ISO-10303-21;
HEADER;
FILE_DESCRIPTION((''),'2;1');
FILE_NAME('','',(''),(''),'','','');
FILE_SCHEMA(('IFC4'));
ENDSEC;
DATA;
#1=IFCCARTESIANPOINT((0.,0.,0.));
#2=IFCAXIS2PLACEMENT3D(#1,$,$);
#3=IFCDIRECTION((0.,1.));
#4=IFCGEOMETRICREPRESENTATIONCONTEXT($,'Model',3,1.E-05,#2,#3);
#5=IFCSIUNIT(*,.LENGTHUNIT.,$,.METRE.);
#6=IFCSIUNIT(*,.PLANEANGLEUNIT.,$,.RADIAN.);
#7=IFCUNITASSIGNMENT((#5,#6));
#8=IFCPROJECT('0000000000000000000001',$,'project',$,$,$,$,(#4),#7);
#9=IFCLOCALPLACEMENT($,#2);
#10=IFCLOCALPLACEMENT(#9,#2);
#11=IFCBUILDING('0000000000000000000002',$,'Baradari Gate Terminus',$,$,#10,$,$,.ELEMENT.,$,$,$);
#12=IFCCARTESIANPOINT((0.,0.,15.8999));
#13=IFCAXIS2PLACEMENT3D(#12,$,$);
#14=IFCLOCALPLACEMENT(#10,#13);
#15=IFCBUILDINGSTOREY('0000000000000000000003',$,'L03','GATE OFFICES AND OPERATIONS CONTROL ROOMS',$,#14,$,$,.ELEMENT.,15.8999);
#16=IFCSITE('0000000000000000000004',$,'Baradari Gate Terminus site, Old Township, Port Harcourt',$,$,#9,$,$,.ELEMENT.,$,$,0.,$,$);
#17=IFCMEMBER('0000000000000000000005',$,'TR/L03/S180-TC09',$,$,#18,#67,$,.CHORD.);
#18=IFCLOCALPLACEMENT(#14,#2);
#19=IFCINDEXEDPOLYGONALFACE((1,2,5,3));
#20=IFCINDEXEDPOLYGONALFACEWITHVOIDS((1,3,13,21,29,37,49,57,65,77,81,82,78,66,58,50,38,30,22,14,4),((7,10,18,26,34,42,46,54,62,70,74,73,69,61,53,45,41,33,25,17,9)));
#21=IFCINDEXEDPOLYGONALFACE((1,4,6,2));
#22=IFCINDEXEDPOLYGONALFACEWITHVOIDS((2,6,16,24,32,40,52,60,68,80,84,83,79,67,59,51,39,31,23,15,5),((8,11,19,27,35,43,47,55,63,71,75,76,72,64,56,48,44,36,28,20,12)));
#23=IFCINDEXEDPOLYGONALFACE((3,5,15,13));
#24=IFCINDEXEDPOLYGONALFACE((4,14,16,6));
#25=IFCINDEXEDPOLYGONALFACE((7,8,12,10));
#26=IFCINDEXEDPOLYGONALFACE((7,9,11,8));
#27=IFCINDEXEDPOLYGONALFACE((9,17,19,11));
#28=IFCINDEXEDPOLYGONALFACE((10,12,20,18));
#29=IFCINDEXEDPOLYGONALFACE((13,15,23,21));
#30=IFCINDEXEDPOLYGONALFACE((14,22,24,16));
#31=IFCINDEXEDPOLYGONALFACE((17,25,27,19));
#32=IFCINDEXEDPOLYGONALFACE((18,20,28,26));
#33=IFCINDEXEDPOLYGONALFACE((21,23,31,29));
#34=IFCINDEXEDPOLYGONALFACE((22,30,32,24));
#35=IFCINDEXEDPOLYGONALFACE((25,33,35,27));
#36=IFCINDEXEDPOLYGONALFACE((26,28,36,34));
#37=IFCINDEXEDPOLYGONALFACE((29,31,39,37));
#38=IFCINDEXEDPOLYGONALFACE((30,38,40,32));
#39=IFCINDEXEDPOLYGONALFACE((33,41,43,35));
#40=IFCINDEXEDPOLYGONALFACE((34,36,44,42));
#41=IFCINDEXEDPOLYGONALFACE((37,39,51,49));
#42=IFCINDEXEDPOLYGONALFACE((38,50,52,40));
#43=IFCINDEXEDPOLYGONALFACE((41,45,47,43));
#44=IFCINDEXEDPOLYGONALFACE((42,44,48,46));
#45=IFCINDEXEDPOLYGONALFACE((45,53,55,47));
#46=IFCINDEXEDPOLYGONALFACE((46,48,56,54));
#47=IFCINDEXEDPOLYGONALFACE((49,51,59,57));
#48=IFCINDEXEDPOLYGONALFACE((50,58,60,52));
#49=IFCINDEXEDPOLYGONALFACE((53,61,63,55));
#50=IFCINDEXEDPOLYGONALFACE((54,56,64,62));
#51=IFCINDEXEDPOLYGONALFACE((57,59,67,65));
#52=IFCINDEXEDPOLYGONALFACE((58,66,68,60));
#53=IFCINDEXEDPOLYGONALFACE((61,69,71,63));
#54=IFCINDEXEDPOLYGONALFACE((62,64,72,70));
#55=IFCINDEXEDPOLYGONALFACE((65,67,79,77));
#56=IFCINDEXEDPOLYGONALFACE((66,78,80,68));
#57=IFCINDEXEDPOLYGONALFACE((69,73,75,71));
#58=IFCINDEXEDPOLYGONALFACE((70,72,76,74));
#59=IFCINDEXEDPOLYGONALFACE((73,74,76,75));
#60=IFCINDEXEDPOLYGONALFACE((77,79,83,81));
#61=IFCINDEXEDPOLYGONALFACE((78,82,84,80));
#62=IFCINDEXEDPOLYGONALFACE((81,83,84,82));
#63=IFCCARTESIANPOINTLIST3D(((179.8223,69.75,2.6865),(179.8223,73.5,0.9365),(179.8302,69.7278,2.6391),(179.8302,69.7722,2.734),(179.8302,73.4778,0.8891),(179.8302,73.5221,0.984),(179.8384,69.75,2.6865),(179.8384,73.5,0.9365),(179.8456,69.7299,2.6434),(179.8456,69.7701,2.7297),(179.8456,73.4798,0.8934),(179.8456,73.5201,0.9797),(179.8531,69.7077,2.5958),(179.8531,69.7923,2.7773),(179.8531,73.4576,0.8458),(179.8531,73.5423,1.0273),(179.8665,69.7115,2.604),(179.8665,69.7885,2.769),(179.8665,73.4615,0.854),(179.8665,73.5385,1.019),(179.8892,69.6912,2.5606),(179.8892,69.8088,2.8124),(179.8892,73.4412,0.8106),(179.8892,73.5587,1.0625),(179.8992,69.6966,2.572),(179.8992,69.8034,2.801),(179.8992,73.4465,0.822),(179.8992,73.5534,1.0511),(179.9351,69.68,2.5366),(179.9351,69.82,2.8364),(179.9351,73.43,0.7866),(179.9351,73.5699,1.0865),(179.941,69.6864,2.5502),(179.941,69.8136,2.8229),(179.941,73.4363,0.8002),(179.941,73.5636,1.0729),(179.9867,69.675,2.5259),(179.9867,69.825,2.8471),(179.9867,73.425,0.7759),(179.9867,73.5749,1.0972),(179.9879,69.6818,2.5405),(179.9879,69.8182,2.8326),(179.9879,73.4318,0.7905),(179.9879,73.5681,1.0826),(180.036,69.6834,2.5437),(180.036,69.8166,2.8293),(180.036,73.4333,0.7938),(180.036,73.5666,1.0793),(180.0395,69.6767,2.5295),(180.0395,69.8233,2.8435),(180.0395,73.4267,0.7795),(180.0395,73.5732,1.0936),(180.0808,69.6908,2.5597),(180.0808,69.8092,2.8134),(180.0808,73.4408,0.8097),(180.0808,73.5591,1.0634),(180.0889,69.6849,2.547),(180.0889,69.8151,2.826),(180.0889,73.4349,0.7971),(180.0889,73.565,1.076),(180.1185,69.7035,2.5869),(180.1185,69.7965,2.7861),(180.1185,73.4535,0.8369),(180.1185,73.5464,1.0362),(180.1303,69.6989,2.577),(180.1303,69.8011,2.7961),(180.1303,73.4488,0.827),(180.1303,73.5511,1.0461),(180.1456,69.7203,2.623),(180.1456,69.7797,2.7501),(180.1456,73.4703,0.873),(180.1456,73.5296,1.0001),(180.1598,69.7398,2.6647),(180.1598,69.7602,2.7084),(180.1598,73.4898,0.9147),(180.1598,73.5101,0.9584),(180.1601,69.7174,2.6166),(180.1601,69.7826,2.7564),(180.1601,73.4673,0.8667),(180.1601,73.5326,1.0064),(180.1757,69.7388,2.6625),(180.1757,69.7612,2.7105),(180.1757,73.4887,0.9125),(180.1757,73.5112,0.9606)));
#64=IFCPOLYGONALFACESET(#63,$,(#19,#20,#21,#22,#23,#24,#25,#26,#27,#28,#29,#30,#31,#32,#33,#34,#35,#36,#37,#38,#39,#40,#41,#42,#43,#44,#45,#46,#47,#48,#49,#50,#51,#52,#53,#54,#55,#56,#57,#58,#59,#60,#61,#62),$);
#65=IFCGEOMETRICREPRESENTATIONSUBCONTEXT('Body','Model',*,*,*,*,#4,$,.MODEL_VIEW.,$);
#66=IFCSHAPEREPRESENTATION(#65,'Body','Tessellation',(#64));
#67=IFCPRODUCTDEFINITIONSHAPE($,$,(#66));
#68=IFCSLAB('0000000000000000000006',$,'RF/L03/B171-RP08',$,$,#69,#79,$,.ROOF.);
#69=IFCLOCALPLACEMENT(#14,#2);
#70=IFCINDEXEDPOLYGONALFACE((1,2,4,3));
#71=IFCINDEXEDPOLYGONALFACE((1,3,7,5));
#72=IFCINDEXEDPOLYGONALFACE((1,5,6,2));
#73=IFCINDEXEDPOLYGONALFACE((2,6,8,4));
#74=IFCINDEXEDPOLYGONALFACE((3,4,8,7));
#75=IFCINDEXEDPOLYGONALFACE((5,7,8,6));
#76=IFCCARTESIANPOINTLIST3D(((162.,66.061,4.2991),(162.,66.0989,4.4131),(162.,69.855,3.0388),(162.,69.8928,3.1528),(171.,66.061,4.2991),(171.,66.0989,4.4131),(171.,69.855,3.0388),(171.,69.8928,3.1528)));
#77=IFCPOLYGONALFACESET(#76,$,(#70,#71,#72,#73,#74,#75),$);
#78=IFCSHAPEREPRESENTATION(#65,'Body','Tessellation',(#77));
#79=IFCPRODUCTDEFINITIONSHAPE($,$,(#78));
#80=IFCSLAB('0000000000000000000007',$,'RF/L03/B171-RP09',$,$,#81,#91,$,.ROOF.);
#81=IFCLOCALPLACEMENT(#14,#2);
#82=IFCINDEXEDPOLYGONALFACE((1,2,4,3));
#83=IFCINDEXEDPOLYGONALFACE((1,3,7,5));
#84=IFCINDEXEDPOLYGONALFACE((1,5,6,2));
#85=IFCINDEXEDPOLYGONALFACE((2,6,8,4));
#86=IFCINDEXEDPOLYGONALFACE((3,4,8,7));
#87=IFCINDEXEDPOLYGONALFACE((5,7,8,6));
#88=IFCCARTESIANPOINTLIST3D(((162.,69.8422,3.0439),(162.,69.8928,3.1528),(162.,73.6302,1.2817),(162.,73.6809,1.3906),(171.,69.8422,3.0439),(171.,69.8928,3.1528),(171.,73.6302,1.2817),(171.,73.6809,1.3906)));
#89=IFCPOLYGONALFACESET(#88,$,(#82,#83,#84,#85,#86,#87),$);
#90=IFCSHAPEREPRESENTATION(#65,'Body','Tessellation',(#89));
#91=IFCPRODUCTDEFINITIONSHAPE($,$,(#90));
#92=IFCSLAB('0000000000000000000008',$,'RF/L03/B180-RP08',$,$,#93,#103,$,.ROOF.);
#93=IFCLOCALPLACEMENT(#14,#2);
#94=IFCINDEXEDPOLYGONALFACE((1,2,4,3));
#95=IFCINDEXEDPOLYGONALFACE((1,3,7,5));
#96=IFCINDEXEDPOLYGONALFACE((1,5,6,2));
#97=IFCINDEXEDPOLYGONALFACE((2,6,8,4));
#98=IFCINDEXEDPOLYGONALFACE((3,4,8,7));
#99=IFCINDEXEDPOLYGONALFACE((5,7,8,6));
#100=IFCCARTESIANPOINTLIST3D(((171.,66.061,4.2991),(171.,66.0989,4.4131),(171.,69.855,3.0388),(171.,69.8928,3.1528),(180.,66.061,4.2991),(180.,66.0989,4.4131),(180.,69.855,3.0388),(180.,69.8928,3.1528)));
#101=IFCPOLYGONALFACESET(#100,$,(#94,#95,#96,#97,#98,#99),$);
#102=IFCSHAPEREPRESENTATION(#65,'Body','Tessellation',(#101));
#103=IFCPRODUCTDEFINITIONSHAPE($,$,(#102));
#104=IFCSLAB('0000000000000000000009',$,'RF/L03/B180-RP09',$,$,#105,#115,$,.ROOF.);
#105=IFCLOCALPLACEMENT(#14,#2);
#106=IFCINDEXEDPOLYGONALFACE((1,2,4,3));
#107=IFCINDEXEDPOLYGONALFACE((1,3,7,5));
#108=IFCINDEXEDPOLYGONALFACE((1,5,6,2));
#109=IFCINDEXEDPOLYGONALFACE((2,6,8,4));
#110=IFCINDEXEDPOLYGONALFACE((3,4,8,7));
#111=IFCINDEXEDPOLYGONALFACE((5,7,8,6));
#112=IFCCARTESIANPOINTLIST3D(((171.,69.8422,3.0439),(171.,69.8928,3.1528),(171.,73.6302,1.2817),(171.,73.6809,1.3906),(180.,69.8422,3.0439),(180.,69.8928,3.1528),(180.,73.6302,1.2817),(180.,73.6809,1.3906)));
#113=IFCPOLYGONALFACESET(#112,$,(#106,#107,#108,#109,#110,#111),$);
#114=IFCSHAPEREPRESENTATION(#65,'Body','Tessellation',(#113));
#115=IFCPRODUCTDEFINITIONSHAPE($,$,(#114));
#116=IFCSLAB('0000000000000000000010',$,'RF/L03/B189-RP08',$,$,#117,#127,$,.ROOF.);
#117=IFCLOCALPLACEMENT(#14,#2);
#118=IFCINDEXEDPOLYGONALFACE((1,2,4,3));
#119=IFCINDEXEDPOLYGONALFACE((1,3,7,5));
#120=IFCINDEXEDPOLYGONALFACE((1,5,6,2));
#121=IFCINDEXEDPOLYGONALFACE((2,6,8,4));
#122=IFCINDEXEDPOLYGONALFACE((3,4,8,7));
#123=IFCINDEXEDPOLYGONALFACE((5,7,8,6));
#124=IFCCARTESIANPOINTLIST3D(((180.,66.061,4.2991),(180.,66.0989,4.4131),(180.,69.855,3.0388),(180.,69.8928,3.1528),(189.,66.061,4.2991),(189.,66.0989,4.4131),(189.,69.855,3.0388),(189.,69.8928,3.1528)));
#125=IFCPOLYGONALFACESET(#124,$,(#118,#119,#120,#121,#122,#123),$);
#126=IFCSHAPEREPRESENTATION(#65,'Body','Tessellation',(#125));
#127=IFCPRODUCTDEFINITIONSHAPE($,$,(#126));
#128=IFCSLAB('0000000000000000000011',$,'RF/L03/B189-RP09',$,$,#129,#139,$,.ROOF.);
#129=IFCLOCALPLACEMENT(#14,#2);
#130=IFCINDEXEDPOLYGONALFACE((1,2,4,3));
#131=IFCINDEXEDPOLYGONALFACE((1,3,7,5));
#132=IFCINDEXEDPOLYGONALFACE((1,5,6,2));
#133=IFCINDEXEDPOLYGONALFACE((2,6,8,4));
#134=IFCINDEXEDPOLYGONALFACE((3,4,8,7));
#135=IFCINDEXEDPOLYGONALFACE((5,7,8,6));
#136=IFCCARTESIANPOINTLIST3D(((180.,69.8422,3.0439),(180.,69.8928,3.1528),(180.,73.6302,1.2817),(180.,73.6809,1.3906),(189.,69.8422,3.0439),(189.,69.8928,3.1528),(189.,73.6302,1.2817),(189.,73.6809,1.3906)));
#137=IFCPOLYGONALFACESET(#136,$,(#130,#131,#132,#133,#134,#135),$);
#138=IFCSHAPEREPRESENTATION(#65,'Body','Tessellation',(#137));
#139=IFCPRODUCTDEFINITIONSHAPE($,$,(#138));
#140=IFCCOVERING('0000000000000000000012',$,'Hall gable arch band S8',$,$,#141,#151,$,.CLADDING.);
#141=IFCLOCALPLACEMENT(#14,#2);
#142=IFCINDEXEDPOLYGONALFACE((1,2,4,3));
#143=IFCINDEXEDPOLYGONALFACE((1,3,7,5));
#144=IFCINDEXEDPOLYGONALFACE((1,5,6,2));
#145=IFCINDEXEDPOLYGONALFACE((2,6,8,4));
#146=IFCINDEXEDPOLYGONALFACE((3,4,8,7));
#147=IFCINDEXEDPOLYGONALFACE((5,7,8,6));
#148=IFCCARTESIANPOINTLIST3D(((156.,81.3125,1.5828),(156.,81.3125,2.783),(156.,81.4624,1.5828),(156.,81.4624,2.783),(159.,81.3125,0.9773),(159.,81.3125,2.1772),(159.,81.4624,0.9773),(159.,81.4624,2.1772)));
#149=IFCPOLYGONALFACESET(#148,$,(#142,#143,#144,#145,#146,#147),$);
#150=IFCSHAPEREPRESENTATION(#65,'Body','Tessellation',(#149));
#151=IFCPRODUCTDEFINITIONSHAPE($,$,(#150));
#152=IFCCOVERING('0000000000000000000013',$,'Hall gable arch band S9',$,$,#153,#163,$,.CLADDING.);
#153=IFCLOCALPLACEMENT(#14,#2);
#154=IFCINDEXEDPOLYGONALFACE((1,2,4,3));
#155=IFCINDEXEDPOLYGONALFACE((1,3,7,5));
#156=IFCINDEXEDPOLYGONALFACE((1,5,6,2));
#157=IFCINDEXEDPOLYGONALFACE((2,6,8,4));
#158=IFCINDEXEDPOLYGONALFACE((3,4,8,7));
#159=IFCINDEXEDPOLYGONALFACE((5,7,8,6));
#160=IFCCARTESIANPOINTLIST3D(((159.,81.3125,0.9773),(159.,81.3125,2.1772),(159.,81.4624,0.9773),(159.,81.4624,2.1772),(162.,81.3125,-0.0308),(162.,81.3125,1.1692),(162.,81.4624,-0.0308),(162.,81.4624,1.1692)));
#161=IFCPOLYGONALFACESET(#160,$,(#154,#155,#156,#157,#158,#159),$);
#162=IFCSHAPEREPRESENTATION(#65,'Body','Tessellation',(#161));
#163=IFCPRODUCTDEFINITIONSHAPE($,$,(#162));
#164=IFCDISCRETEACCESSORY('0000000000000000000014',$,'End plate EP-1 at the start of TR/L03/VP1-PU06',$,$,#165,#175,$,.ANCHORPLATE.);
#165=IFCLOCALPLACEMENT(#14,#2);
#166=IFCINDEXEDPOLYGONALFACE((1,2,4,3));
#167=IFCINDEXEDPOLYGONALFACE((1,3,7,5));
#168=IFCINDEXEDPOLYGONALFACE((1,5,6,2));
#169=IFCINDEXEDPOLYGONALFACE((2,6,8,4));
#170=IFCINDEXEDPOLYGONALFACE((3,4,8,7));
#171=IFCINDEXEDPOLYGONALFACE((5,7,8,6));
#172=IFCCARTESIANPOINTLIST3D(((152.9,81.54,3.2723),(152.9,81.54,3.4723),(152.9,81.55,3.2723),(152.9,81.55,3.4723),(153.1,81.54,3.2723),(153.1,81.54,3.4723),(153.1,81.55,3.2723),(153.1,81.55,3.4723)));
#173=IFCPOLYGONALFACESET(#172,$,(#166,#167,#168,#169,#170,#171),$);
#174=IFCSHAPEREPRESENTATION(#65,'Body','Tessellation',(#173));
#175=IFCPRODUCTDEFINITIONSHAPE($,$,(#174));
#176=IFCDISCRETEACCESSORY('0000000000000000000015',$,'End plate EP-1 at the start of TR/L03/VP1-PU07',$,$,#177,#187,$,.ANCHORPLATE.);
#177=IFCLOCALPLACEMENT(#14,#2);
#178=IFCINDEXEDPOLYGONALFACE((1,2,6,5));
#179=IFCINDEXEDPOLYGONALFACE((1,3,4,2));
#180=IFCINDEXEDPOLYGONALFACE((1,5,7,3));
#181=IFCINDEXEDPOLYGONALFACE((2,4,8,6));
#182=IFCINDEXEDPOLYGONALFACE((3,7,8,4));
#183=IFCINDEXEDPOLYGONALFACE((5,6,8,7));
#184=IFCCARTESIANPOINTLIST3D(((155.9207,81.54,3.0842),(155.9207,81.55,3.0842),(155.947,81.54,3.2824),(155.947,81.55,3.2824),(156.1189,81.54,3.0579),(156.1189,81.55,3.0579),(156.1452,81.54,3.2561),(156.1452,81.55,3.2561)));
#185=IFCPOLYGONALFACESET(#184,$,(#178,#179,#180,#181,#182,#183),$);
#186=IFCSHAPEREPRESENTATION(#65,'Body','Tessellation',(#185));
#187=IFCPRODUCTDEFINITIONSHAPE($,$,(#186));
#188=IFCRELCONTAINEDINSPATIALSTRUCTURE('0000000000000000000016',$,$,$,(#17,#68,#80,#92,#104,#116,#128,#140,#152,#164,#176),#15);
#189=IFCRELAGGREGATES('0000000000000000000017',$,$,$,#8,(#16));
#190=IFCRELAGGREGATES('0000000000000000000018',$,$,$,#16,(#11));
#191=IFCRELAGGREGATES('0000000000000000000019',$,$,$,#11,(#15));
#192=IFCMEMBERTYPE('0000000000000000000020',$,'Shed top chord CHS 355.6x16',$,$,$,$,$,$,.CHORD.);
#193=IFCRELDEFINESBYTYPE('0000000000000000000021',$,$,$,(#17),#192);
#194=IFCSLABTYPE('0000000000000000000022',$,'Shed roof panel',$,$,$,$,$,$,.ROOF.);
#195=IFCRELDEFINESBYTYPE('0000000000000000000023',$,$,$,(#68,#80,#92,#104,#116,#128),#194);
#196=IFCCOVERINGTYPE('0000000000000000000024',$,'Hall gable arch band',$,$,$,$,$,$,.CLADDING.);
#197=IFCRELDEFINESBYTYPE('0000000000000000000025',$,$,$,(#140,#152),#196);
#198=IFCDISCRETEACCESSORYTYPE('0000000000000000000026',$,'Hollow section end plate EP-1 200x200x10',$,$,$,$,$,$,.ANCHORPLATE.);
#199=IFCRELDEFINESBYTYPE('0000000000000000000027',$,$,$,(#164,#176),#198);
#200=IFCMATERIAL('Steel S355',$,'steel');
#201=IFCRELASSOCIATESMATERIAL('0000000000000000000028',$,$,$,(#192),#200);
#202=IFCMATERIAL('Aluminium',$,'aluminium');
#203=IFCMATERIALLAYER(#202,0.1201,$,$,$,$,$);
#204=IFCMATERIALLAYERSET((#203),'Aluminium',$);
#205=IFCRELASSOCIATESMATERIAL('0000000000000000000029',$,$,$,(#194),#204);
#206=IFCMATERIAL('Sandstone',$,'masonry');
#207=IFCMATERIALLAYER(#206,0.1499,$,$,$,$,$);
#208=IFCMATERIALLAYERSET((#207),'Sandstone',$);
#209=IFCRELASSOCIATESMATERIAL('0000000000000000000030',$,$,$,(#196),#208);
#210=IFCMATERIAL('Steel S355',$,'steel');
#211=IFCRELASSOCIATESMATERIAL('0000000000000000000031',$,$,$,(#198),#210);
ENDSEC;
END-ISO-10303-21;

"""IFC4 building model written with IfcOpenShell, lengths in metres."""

from ifc_helpers import new_model, si_unit, direction, frame, origin, origin_2d, place, context, subcontext, project, spatial, polyline, rectangle, hollow_circle, outline, extrude, material, layer, layer_set, material_profile, profile_set, type_object, element, save


model = new_model("IFC4")

# Units and contexts
model_context = context("Model", 3, precision=1e-05, world=origin(), true_north=direction((0.0, 1.0)))
body_context = subcontext(model_context, "Body", "Model", "MODEL_VIEW")
ifc_project = project(units=[si_unit("LENGTHUNIT", "METRE"), si_unit("PLANEANGLEUNIT", "RADIAN")], contexts=[model_context])

# Site, building, storey
site_placement = place(None, origin())
site = spatial("IfcSite", under=ifc_project, at=site_placement, Name="Baradari Gate Terminus site, Old Township, Port Harcourt", CompositionType="ELEMENT", RefElevation=0.0)
building_placement = place(site_placement, origin())
building = spatial("IfcBuilding", under=site, at=building_placement, Name="Baradari Gate Terminus", CompositionType="ELEMENT")
storey_placement = place(building_placement, frame((0.0, 0.0, 15.8999)))
storey = spatial("IfcBuildingStorey", under=building, at=storey_placement, Name="L03", Description="GATE OFFICES AND OPERATIONS CONTROL ROOMS", CompositionType="ELEMENT", Elevation=15.8999)

# Member
ifc_material_1 = material(Name="Steel S355", Category="steel")
ifc_material_profile_1 = material_profile(ifc_material_1, hollow_circle(Radius=0.1777, WallThickness=0.0161, at=origin_2d()), Name="CHS 355.6x16")
ifc_profile_set_1 = profile_set([ifc_material_profile_1], Name="Steel S355")
member_type_1 = type_object("IfcMemberType", Name="Shed top chord CHS 355.6x16", PredefinedType="CHORD", material=ifc_profile_set_1)
for number, where, z_axis, x_axis, name in (
    (1, (180.0, 69.75, 2.6865), (0.0, 0.906183, -0.422885), (-1.0, 0.0, 0.0), "TR/L03/S180-TC09"),
):
    element("IfcMember", number, at=place(storey_placement, frame(where, z_axis=z_axis, x_axis=x_axis)), inside=storey, type_object=member_type_1, Name=name, PredefinedType="CHORD", context=body_context, shape_type="SweptSolid", body=[
        extrude(hollow_circle(Radius=0.1777, WallThickness=0.0161, at=origin_2d()), origin(), (0.0, 0.0, 1.0), 4.1382),
    ])

# Slabs
ifc_material_2 = material(Name="Aluminium", Category="aluminium")
ifc_layer_1 = layer(ifc_material_2, 0.1201)
ifc_layer_set_1 = layer_set([ifc_layer_1], Name="Aluminium")
slab_type = type_object("IfcSlabType", Name="Shed roof panel", PredefinedType="ROOF", material=ifc_layer_set_1)
slab_1_placement = place(storey_placement, frame((162.0, 66.0989, 4.4131), z_axis=(0.0, 0.315238, 0.949013), x_axis=(1.0, 0.0, 0.0)))
element("IfcSlab", 2, at=slab_1_placement, inside=storey, type_object=slab_type, Name="RF/L03/B171-RP08", PredefinedType="ROOF", context=body_context, shape_type="SweptSolid", body=[
    extrude(outline(polyline([(0.0, 0.0), (9.0, 0.0), (9.0, 3.9978), (0.0, 3.9978), (0.0, 0.0)])), origin(), (0.0, 0.0, -1.0), 0.1201),
])
slab_2_placement = place(storey_placement, frame((162.0, 69.8928, 3.1528), z_axis=(0.0, 0.421791, 0.906693), x_axis=(1.0, 0.0, 0.0)))
element("IfcSlab", 3, at=slab_2_placement, inside=storey, type_object=slab_type, Name="RF/L03/B171-RP09", PredefinedType="ROOF", context=body_context, shape_type="SweptSolid", body=[
    extrude(outline(polyline([(0.0, 0.0), (9.0, 0.0), (9.0, 4.1779), (0.0, 4.1779), (0.0, 0.0)])), origin(), (0.0, 0.0, -1.0), 0.1201),
])
slab_3_placement = place(storey_placement, frame((171.0, 66.0989, 4.4131), z_axis=(0.0, 0.315238, 0.949013), x_axis=(1.0, 0.0, 0.0)))
element("IfcSlab", 4, at=slab_3_placement, inside=storey, type_object=slab_type, Name="RF/L03/B180-RP08", PredefinedType="ROOF", context=body_context, shape_type="SweptSolid", body=[
    extrude(outline(polyline([(0.0, 0.0), (9.0, 0.0), (9.0, 3.9978), (0.0, 3.9978), (0.0, 0.0)])), origin(), (0.0, 0.0, -1.0), 0.1201),
])
slab_4_placement = place(storey_placement, frame((171.0, 69.8928, 3.1528), z_axis=(0.0, 0.421791, 0.906693), x_axis=(1.0, 0.0, 0.0)))
element("IfcSlab", 5, at=slab_4_placement, inside=storey, type_object=slab_type, Name="RF/L03/B180-RP09", PredefinedType="ROOF", context=body_context, shape_type="SweptSolid", body=[
    extrude(outline(polyline([(0.0, 0.0), (9.0, 0.0), (9.0, 4.1779), (0.0, 4.1779), (0.0, 0.0)])), origin(), (0.0, 0.0, -1.0), 0.1201),
])
slab_5_placement = place(storey_placement, frame((180.0, 66.0989, 4.4131), z_axis=(0.0, 0.315238, 0.949013), x_axis=(1.0, 0.0, 0.0)))
element("IfcSlab", 6, at=slab_5_placement, inside=storey, type_object=slab_type, Name="RF/L03/B189-RP08", PredefinedType="ROOF", context=body_context, shape_type="SweptSolid", body=[
    extrude(outline(polyline([(0.0, 0.0), (9.0, 0.0), (9.0, 3.9978), (0.0, 3.9978), (0.0, 0.0)])), origin(), (0.0, 0.0, -1.0), 0.1201),
])
slab_6_placement = place(storey_placement, frame((180.0, 69.8928, 3.1528), z_axis=(0.0, 0.421791, 0.906693), x_axis=(1.0, 0.0, 0.0)))
element("IfcSlab", 7, at=slab_6_placement, inside=storey, type_object=slab_type, Name="RF/L03/B189-RP09", PredefinedType="ROOF", context=body_context, shape_type="SweptSolid", body=[
    extrude(outline(polyline([(0.0, 0.0), (9.0, 0.0), (9.0, 4.1779), (0.0, 4.1779), (0.0, 0.0)])), origin(), (0.0, 0.0, -1.0), 0.1201),
])

# Coverings
ifc_material_3 = material(Name="Sandstone", Category="masonry")
ifc_layer_2 = layer(ifc_material_3, 0.1499)
ifc_layer_set_2 = layer_set([ifc_layer_2], Name="Sandstone")
covering_type = type_object("IfcCoveringType", Name="Hall gable arch band", PredefinedType="CLADDING", material=ifc_layer_set_2)
covering_1_placement = place(storey_placement, frame((156.0, 81.3875, 0.9773), z_axis=(0.0, 0.0, 1.0), x_axis=(1.0, 0.0, 0.0)))
element("IfcCovering", 8, at=covering_1_placement, inside=storey, type_object=covering_type, Name="Hall gable arch band S8", PredefinedType="CLADDING", context=body_context, shape_type="SweptSolid", body=[
    extrude(outline(polyline([(0.0, 1.8057), (0.0, 0.6055), (3.0, 0.0), (3.0, 1.2), (0.0, 1.8057)])), frame((0.0, 0.075, 0.0), z_axis=(0.0, -1.0, 0.0), x_axis=(1.0, 0.0, 0.0)), (0.0, 0.0, 1.0), 0.1499),
])
covering_2_placement = place(storey_placement, frame((159.0, 81.3875, -0.0308), z_axis=(0.0, 0.0, 1.0), x_axis=(1.0, 0.0, 0.0)))
element("IfcCovering", 9, at=covering_2_placement, inside=storey, type_object=covering_type, Name="Hall gable arch band S9", PredefinedType="CLADDING", context=body_context, shape_type="SweptSolid", body=[
    extrude(outline(polyline([(0.0, 2.208), (0.0, 1.0081), (3.0, 0.0), (3.0, 1.2), (0.0, 2.208)])), frame((0.0, 0.075, 0.0), z_axis=(0.0, -1.0, 0.0), x_axis=(1.0, 0.0, 0.0)), (0.0, 0.0, 1.0), 0.1499),
])

# Discrete accessories
ifc_material_4 = material(Name="Steel S355", Category="steel")
discrete_accessory_type = type_object("IfcDiscreteAccessoryType", Name="Hollow section end plate EP-1 200x200x10", PredefinedType="ANCHORPLATE", material=ifc_material_4)
for number, where, z_axis, x_axis, name in (
    (10, (153.0, 81.54, 3.3723), (0.0, 1.0, 0.0), (-1.0, 0.0, 0.0), "End plate EP-1 at the start of TR/L03/VP1-PU06"),
    (11, (156.033, 81.54, 3.1702), (0.0, 1.0, 0.0), (-0.991303, 0.0, 0.131599), "End plate EP-1 at the start of TR/L03/VP1-PU07"),
):
    element("IfcDiscreteAccessory", number, at=place(storey_placement, frame(where, z_axis=z_axis, x_axis=x_axis)), inside=storey, type_object=discrete_accessory_type, Name=name, PredefinedType="ANCHORPLATE", context=body_context, shape_type="SweptSolid", body=[
        extrude(rectangle(XDim=0.2, YDim=0.2, at=origin_2d()), origin(), (0.0, 0.0, 1.0), 0.01),
    ])

save(model, "model.ifc")
